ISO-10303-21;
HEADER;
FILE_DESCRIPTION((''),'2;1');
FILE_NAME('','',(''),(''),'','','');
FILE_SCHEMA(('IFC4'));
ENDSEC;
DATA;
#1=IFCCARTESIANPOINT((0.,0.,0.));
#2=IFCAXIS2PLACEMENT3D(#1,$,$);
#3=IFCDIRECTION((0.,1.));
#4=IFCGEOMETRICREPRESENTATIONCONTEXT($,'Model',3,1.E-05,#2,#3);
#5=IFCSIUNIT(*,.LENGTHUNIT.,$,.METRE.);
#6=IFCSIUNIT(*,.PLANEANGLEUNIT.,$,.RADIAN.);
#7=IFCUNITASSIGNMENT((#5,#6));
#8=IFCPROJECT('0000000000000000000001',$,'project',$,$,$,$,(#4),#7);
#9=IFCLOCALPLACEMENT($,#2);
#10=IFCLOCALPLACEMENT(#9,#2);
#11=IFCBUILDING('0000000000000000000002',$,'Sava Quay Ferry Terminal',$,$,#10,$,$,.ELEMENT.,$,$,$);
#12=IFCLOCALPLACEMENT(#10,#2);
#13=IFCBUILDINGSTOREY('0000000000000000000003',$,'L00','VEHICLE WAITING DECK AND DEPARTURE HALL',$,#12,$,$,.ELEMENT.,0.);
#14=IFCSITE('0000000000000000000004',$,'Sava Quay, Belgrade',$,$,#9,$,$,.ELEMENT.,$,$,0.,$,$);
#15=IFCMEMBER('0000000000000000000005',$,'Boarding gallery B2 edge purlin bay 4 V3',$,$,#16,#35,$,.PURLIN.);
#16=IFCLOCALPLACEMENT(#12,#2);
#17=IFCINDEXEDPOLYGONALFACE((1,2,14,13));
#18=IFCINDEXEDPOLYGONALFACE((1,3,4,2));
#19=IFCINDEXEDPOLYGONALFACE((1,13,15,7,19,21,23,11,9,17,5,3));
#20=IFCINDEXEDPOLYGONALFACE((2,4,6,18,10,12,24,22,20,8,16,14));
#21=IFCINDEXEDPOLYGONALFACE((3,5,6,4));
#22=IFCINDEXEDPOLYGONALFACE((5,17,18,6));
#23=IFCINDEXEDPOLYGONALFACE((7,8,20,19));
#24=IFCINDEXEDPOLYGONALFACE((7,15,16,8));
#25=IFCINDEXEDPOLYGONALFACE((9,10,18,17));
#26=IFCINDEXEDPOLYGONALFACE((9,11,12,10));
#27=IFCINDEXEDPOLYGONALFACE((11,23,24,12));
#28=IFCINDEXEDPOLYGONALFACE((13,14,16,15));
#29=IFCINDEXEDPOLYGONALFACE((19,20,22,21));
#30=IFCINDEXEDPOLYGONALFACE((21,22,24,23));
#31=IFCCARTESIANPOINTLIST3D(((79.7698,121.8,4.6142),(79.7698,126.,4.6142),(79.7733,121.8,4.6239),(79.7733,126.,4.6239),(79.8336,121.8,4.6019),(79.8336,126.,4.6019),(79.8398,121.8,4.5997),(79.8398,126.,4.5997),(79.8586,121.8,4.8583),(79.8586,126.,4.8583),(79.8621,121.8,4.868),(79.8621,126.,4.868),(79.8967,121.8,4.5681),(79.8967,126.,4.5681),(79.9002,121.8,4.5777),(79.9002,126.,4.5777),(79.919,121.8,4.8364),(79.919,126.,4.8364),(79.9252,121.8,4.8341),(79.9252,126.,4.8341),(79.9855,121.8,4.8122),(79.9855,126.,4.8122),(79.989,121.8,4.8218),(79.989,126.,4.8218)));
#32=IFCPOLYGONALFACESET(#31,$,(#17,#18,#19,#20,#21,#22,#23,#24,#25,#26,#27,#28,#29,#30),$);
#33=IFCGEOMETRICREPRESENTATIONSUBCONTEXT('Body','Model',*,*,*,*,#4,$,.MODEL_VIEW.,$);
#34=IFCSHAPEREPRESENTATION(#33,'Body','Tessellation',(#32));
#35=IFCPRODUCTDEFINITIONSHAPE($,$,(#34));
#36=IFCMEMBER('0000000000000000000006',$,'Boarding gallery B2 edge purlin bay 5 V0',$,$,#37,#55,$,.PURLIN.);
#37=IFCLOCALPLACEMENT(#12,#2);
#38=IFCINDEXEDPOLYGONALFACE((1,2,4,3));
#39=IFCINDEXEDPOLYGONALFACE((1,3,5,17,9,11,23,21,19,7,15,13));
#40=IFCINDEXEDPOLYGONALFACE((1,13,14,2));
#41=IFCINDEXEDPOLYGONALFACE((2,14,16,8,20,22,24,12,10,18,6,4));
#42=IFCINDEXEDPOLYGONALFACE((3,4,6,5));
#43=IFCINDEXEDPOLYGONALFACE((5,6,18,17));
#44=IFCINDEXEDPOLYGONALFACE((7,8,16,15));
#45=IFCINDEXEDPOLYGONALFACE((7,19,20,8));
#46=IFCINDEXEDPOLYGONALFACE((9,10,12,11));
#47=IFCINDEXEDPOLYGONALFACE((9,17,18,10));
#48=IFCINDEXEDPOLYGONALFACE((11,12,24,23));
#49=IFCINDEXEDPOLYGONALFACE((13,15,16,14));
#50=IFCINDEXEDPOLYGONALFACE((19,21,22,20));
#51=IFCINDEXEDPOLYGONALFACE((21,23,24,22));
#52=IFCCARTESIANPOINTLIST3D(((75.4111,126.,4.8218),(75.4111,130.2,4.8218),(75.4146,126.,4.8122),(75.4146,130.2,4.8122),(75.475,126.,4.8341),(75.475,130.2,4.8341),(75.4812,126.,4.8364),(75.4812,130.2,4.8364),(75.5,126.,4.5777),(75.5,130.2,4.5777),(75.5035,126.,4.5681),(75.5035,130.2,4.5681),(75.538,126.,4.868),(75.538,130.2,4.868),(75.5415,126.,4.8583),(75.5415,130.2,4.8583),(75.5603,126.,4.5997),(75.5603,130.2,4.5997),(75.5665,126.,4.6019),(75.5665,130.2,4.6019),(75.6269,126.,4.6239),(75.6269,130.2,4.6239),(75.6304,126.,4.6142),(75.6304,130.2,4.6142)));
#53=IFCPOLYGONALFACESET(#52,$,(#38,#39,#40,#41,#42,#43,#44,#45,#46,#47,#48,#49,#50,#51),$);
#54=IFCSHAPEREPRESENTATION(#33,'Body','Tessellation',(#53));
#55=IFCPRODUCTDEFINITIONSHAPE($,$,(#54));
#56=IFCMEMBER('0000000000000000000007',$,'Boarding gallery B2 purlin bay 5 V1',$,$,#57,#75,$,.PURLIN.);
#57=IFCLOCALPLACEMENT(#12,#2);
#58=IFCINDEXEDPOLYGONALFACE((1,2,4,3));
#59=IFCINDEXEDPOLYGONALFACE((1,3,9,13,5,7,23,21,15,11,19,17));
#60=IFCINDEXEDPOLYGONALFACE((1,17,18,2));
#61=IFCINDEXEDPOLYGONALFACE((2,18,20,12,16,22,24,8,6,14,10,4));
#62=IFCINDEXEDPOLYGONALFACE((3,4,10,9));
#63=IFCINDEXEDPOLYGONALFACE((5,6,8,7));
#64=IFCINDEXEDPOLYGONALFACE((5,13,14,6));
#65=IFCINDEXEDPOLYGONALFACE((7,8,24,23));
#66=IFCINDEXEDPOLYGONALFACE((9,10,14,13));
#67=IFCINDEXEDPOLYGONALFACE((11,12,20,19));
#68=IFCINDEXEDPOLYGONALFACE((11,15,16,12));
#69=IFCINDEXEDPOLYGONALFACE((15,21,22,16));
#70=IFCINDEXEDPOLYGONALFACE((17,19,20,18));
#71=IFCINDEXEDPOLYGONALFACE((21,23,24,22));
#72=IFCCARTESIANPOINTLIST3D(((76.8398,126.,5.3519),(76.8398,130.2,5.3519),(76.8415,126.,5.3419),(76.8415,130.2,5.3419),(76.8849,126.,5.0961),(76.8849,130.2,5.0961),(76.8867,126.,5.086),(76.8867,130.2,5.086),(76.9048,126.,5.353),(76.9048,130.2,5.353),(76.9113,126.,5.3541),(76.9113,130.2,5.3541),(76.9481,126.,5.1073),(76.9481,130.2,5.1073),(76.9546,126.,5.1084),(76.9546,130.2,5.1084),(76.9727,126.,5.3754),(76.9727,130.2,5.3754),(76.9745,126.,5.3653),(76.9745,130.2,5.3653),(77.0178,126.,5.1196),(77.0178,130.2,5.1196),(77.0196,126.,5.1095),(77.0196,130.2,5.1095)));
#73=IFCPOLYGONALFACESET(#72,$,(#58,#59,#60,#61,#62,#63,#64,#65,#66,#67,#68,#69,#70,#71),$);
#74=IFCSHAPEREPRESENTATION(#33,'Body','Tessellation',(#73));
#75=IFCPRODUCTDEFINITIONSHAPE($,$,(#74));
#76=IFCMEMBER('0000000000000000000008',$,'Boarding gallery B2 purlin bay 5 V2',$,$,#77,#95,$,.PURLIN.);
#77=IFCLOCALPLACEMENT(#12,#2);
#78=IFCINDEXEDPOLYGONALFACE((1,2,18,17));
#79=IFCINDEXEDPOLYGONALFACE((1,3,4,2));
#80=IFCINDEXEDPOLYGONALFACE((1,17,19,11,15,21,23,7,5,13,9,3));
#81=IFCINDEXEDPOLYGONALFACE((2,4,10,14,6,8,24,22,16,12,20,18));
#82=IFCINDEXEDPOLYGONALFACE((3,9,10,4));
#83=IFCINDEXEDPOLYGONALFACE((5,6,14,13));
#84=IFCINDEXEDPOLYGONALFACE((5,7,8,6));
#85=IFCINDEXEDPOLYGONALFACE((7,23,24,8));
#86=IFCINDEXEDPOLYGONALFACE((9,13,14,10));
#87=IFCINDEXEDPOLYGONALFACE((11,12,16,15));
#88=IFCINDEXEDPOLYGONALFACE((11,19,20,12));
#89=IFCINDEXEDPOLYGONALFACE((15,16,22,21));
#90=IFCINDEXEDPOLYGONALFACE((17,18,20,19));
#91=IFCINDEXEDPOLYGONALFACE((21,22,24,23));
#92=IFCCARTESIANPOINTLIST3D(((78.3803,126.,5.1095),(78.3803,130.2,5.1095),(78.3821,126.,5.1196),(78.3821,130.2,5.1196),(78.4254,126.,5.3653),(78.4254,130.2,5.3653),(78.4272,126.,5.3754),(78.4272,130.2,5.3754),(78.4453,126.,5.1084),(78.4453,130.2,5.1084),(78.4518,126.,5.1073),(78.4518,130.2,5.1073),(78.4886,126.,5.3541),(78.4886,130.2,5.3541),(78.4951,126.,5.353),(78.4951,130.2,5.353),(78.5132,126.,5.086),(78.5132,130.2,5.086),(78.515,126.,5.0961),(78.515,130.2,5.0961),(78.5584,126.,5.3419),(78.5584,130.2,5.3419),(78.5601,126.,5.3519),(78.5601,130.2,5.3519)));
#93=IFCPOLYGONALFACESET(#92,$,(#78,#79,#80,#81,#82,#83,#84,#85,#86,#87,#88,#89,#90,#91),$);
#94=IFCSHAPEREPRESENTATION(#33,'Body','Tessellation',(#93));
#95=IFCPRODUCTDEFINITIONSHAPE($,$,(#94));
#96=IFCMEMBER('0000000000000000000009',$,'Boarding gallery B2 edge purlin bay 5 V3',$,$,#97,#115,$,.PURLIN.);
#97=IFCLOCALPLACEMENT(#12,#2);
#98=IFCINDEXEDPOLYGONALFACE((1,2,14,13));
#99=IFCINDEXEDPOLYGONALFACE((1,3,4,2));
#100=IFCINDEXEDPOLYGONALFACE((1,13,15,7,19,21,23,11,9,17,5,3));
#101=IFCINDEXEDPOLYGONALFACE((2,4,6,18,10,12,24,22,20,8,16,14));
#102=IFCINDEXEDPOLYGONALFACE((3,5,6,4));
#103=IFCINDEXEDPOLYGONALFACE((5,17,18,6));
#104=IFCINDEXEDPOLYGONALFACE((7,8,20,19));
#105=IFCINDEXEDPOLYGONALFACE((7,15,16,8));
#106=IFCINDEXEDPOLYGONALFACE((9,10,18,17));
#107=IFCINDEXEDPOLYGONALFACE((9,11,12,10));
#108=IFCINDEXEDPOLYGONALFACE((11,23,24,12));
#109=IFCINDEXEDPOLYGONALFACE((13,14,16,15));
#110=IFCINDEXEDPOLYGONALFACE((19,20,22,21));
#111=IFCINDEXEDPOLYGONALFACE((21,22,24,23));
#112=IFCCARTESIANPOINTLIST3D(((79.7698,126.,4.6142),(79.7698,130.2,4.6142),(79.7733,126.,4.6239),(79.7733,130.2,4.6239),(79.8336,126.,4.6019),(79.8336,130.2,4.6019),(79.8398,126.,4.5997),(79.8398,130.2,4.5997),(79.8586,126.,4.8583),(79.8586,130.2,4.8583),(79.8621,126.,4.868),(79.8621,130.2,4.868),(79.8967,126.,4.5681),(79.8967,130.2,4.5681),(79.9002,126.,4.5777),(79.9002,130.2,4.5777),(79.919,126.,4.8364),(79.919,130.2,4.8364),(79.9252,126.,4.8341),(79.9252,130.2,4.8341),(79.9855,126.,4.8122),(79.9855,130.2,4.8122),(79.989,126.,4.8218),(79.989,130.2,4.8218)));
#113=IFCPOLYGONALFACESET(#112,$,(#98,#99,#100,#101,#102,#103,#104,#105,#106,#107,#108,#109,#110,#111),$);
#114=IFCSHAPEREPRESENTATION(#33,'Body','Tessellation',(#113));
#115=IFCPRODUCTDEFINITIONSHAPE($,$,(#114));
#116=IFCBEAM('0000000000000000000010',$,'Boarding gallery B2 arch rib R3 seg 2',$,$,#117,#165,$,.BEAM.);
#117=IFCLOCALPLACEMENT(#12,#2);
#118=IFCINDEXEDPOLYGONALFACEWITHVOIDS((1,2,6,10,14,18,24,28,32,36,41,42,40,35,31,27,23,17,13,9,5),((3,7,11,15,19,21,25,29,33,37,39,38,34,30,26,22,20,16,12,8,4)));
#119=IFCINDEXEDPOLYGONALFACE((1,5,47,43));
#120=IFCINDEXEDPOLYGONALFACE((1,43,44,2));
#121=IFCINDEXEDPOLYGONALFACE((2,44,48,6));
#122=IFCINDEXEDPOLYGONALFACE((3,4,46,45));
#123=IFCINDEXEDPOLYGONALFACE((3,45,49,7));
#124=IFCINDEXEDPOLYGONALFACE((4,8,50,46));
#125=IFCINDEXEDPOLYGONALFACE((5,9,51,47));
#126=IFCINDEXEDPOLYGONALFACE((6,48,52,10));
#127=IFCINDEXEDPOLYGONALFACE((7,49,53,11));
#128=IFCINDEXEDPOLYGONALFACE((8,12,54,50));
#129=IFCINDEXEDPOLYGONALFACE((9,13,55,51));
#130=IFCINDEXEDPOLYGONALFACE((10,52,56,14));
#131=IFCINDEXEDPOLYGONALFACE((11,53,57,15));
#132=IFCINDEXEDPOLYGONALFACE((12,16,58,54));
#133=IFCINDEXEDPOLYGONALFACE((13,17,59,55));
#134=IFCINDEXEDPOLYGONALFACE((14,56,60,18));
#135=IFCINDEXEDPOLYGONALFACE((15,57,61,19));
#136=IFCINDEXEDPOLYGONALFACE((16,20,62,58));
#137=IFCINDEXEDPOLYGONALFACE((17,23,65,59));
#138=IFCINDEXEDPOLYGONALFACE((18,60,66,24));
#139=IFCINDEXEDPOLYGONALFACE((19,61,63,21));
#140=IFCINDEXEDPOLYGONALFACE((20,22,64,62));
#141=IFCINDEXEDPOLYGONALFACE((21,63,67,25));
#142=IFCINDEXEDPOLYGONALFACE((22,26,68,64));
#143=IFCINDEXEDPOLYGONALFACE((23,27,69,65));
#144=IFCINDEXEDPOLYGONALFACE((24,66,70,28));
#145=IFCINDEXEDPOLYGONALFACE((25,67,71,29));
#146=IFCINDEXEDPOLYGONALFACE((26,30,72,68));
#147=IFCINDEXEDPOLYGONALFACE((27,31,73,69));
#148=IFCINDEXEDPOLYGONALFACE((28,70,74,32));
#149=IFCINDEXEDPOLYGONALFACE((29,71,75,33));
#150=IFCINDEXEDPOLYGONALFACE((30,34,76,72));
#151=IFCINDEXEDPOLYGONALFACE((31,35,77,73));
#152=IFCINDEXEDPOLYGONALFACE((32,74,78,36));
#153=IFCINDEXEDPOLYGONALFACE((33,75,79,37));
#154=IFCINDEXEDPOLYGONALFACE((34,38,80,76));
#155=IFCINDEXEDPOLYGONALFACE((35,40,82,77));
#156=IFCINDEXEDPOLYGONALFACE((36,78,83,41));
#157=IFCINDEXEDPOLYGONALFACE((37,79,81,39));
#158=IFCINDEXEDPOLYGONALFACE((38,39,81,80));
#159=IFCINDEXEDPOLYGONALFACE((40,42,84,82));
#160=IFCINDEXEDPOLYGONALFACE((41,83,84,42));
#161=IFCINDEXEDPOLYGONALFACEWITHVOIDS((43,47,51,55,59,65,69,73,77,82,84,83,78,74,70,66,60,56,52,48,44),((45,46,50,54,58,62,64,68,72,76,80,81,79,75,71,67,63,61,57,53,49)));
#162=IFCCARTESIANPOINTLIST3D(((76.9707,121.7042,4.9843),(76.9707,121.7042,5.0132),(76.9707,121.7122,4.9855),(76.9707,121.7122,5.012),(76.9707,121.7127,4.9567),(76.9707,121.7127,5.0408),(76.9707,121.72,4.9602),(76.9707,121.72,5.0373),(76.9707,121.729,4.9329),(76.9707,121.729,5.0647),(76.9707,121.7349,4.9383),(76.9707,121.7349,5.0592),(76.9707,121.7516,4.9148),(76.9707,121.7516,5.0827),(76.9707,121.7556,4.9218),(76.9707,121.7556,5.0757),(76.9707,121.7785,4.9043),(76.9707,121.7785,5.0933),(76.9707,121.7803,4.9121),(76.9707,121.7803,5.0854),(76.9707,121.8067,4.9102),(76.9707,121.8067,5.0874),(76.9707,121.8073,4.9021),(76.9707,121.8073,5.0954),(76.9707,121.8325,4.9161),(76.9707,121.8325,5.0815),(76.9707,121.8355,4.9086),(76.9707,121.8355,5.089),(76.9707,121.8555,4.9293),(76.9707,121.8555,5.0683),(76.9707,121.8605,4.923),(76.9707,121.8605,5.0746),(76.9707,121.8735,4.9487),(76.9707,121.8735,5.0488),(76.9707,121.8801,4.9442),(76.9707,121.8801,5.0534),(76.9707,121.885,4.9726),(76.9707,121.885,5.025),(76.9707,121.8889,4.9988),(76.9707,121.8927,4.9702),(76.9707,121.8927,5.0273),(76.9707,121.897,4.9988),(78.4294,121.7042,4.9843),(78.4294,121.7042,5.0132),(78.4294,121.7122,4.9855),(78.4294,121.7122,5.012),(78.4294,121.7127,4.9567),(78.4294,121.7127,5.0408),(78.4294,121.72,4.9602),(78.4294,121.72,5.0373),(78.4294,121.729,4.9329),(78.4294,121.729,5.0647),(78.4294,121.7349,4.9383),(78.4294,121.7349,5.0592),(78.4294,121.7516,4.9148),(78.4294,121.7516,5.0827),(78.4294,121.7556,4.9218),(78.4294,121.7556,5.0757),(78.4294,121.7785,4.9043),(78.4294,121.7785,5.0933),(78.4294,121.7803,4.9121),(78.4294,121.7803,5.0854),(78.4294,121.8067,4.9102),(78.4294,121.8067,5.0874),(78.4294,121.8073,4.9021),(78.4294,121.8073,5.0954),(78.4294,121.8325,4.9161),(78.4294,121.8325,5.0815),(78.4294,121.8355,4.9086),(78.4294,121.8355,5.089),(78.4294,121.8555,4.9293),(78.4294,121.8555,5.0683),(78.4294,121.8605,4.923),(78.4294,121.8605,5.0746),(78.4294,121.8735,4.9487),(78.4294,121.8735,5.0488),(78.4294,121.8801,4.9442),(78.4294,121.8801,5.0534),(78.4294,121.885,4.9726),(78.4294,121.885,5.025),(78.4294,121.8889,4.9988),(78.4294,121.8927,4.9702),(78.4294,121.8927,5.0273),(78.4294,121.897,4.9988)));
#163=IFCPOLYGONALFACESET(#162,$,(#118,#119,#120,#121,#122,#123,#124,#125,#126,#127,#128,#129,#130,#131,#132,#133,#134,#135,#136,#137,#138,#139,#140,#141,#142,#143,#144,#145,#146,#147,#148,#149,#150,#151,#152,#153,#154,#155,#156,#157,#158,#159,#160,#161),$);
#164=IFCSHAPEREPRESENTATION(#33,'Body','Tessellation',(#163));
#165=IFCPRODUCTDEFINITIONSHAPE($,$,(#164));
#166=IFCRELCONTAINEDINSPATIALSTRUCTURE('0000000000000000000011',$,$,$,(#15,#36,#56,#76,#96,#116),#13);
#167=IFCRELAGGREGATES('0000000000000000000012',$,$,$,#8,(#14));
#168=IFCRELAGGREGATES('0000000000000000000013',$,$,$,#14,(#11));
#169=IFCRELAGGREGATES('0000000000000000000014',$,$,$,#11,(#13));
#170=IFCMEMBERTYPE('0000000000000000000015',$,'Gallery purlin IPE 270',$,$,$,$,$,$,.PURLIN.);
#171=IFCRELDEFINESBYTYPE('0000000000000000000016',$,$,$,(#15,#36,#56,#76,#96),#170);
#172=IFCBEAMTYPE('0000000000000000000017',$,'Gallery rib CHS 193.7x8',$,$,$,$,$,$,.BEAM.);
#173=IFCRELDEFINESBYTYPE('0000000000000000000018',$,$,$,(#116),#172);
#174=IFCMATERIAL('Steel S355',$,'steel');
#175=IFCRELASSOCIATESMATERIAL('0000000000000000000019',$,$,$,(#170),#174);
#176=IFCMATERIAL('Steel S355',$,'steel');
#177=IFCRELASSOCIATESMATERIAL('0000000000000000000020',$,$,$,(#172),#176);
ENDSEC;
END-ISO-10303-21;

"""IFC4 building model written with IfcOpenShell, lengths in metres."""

from ifc_helpers import new_model, si_unit, direction, frame, origin, origin_2d, place, context, subcontext, project, spatial, hollow_circle, i_section, extrude, material, material_profile, profile_set, type_object, element, save


model = new_model("IFC4")

# Units and contexts
model_context = context("Model", 3, precision=1e-05, world=origin(), true_north=direction((0.0, 1.0)))
body_context = subcontext(model_context, "Body", "Model", "MODEL_VIEW")
ifc_project = project(units=[si_unit("LENGTHUNIT", "METRE"), si_unit("PLANEANGLEUNIT", "RADIAN")], contexts=[model_context])

# Site, building, storey
site_placement = place(None, origin())
site = spatial("IfcSite", under=ifc_project, at=site_placement, Name="Sava Quay, Belgrade", CompositionType="ELEMENT", RefElevation=0.0)
building_placement = place(site_placement, origin())
building = spatial("IfcBuilding", under=site, at=building_placement, Name="Sava Quay Ferry Terminal", CompositionType="ELEMENT")
storey_placement = place(building_placement, origin())
storey = spatial("IfcBuildingStorey", under=building, at=storey_placement, Name="L00", Description="VEHICLE WAITING DECK AND DEPARTURE HALL", CompositionType="ELEMENT", Elevation=0.0)

# Members
ifc_material_1 = material(Name="Steel S355", Category="steel")
ifc_material_profile_1 = material_profile(ifc_material_1, i_section(OverallWidth=0.135, OverallDepth=0.27, WebThickness=0.0066, FlangeThickness=0.0103, at=origin_2d()), Name="IPE 270")
ifc_profile_set_1 = profile_set([ifc_material_profile_1], Name="Steel S355")
member_type_1 = type_object("IfcMemberType", Name="Gallery purlin IPE 270", PredefinedType="PURLIN", material=ifc_profile_set_1)
for number, where, z_axis, x_axis, name in (
    (1, (79.8794, 121.8, 4.718), (0.0, 1.0, 0.0), (-0.939693, 0.0, 0.34202), "Boarding gallery B2 edge purlin bay 4 V3"),
    (2, (75.5208, 126.0, 4.718), (0.0, 1.0, 0.0), (-0.939693, 0.0, -0.34202), "Boarding gallery B2 edge purlin bay 5 V0"),
    (3, (76.9297, 126.0, 5.2307), (0.0, 1.0, 0.0), (-0.984808, 0.0, -0.173648), "Boarding gallery B2 purlin bay 5 V1"),
    (4, (78.4702, 126.0, 5.2307), (0.0, 1.0, 0.0), (-0.984808, 0.0, 0.173648), "Boarding gallery B2 purlin bay 5 V2"),
    (5, (79.8794, 126.0, 4.718), (0.0, 1.0, 0.0), (-0.939693, 0.0, 0.34202), "Boarding gallery B2 edge purlin bay 5 V3"),
):
    element("IfcMember", number, at=place(storey_placement, frame(where, z_axis=z_axis, x_axis=x_axis)), inside=storey, type_object=member_type_1, Name=name, PredefinedType="PURLIN", context=body_context, shape_type="SweptSolid", body=[
        extrude(i_section(OverallWidth=0.135, OverallDepth=0.27, WebThickness=0.0066, FlangeThickness=0.0103, at=origin_2d()), origin(), (0.0, 0.0, 1.0), 4.2),
    ])

# Beam
ifc_material_2 = material(Name="Steel S355", Category="steel")
ifc_material_profile_2 = material_profile(ifc_material_2, hollow_circle(Radius=0.0969, WallThickness=0.0081, at=origin_2d()), Name="CHS 193.7 x 8.0")
ifc_profile_set_2 = profile_set([ifc_material_profile_2], Name="Steel S355")
beam_type_1 = type_object("IfcBeamType", Name="Gallery rib CHS 193.7x8", PredefinedType="BEAM", material=ifc_profile_set_2)
beam_1_placement = place(storey_placement, frame((76.9707, 121.8, 4.9988), z_axis=(1.0, 0.0, 0.0), x_axis=(0.0, 1.0, 0.0)))
element("IfcBeam", 6, at=beam_1_placement, inside=storey, type_object=beam_type_1, Name="Boarding gallery B2 arch rib R3 seg 2", PredefinedType="BEAM", context=body_context, shape_type="SweptSolid", body=[
    extrude(hollow_circle(Radius=0.0969, WallThickness=0.0081, at=origin_2d()), origin(), (0.0, 0.0, 1.0), 1.4587),
])

save(model, "model.ifc")
